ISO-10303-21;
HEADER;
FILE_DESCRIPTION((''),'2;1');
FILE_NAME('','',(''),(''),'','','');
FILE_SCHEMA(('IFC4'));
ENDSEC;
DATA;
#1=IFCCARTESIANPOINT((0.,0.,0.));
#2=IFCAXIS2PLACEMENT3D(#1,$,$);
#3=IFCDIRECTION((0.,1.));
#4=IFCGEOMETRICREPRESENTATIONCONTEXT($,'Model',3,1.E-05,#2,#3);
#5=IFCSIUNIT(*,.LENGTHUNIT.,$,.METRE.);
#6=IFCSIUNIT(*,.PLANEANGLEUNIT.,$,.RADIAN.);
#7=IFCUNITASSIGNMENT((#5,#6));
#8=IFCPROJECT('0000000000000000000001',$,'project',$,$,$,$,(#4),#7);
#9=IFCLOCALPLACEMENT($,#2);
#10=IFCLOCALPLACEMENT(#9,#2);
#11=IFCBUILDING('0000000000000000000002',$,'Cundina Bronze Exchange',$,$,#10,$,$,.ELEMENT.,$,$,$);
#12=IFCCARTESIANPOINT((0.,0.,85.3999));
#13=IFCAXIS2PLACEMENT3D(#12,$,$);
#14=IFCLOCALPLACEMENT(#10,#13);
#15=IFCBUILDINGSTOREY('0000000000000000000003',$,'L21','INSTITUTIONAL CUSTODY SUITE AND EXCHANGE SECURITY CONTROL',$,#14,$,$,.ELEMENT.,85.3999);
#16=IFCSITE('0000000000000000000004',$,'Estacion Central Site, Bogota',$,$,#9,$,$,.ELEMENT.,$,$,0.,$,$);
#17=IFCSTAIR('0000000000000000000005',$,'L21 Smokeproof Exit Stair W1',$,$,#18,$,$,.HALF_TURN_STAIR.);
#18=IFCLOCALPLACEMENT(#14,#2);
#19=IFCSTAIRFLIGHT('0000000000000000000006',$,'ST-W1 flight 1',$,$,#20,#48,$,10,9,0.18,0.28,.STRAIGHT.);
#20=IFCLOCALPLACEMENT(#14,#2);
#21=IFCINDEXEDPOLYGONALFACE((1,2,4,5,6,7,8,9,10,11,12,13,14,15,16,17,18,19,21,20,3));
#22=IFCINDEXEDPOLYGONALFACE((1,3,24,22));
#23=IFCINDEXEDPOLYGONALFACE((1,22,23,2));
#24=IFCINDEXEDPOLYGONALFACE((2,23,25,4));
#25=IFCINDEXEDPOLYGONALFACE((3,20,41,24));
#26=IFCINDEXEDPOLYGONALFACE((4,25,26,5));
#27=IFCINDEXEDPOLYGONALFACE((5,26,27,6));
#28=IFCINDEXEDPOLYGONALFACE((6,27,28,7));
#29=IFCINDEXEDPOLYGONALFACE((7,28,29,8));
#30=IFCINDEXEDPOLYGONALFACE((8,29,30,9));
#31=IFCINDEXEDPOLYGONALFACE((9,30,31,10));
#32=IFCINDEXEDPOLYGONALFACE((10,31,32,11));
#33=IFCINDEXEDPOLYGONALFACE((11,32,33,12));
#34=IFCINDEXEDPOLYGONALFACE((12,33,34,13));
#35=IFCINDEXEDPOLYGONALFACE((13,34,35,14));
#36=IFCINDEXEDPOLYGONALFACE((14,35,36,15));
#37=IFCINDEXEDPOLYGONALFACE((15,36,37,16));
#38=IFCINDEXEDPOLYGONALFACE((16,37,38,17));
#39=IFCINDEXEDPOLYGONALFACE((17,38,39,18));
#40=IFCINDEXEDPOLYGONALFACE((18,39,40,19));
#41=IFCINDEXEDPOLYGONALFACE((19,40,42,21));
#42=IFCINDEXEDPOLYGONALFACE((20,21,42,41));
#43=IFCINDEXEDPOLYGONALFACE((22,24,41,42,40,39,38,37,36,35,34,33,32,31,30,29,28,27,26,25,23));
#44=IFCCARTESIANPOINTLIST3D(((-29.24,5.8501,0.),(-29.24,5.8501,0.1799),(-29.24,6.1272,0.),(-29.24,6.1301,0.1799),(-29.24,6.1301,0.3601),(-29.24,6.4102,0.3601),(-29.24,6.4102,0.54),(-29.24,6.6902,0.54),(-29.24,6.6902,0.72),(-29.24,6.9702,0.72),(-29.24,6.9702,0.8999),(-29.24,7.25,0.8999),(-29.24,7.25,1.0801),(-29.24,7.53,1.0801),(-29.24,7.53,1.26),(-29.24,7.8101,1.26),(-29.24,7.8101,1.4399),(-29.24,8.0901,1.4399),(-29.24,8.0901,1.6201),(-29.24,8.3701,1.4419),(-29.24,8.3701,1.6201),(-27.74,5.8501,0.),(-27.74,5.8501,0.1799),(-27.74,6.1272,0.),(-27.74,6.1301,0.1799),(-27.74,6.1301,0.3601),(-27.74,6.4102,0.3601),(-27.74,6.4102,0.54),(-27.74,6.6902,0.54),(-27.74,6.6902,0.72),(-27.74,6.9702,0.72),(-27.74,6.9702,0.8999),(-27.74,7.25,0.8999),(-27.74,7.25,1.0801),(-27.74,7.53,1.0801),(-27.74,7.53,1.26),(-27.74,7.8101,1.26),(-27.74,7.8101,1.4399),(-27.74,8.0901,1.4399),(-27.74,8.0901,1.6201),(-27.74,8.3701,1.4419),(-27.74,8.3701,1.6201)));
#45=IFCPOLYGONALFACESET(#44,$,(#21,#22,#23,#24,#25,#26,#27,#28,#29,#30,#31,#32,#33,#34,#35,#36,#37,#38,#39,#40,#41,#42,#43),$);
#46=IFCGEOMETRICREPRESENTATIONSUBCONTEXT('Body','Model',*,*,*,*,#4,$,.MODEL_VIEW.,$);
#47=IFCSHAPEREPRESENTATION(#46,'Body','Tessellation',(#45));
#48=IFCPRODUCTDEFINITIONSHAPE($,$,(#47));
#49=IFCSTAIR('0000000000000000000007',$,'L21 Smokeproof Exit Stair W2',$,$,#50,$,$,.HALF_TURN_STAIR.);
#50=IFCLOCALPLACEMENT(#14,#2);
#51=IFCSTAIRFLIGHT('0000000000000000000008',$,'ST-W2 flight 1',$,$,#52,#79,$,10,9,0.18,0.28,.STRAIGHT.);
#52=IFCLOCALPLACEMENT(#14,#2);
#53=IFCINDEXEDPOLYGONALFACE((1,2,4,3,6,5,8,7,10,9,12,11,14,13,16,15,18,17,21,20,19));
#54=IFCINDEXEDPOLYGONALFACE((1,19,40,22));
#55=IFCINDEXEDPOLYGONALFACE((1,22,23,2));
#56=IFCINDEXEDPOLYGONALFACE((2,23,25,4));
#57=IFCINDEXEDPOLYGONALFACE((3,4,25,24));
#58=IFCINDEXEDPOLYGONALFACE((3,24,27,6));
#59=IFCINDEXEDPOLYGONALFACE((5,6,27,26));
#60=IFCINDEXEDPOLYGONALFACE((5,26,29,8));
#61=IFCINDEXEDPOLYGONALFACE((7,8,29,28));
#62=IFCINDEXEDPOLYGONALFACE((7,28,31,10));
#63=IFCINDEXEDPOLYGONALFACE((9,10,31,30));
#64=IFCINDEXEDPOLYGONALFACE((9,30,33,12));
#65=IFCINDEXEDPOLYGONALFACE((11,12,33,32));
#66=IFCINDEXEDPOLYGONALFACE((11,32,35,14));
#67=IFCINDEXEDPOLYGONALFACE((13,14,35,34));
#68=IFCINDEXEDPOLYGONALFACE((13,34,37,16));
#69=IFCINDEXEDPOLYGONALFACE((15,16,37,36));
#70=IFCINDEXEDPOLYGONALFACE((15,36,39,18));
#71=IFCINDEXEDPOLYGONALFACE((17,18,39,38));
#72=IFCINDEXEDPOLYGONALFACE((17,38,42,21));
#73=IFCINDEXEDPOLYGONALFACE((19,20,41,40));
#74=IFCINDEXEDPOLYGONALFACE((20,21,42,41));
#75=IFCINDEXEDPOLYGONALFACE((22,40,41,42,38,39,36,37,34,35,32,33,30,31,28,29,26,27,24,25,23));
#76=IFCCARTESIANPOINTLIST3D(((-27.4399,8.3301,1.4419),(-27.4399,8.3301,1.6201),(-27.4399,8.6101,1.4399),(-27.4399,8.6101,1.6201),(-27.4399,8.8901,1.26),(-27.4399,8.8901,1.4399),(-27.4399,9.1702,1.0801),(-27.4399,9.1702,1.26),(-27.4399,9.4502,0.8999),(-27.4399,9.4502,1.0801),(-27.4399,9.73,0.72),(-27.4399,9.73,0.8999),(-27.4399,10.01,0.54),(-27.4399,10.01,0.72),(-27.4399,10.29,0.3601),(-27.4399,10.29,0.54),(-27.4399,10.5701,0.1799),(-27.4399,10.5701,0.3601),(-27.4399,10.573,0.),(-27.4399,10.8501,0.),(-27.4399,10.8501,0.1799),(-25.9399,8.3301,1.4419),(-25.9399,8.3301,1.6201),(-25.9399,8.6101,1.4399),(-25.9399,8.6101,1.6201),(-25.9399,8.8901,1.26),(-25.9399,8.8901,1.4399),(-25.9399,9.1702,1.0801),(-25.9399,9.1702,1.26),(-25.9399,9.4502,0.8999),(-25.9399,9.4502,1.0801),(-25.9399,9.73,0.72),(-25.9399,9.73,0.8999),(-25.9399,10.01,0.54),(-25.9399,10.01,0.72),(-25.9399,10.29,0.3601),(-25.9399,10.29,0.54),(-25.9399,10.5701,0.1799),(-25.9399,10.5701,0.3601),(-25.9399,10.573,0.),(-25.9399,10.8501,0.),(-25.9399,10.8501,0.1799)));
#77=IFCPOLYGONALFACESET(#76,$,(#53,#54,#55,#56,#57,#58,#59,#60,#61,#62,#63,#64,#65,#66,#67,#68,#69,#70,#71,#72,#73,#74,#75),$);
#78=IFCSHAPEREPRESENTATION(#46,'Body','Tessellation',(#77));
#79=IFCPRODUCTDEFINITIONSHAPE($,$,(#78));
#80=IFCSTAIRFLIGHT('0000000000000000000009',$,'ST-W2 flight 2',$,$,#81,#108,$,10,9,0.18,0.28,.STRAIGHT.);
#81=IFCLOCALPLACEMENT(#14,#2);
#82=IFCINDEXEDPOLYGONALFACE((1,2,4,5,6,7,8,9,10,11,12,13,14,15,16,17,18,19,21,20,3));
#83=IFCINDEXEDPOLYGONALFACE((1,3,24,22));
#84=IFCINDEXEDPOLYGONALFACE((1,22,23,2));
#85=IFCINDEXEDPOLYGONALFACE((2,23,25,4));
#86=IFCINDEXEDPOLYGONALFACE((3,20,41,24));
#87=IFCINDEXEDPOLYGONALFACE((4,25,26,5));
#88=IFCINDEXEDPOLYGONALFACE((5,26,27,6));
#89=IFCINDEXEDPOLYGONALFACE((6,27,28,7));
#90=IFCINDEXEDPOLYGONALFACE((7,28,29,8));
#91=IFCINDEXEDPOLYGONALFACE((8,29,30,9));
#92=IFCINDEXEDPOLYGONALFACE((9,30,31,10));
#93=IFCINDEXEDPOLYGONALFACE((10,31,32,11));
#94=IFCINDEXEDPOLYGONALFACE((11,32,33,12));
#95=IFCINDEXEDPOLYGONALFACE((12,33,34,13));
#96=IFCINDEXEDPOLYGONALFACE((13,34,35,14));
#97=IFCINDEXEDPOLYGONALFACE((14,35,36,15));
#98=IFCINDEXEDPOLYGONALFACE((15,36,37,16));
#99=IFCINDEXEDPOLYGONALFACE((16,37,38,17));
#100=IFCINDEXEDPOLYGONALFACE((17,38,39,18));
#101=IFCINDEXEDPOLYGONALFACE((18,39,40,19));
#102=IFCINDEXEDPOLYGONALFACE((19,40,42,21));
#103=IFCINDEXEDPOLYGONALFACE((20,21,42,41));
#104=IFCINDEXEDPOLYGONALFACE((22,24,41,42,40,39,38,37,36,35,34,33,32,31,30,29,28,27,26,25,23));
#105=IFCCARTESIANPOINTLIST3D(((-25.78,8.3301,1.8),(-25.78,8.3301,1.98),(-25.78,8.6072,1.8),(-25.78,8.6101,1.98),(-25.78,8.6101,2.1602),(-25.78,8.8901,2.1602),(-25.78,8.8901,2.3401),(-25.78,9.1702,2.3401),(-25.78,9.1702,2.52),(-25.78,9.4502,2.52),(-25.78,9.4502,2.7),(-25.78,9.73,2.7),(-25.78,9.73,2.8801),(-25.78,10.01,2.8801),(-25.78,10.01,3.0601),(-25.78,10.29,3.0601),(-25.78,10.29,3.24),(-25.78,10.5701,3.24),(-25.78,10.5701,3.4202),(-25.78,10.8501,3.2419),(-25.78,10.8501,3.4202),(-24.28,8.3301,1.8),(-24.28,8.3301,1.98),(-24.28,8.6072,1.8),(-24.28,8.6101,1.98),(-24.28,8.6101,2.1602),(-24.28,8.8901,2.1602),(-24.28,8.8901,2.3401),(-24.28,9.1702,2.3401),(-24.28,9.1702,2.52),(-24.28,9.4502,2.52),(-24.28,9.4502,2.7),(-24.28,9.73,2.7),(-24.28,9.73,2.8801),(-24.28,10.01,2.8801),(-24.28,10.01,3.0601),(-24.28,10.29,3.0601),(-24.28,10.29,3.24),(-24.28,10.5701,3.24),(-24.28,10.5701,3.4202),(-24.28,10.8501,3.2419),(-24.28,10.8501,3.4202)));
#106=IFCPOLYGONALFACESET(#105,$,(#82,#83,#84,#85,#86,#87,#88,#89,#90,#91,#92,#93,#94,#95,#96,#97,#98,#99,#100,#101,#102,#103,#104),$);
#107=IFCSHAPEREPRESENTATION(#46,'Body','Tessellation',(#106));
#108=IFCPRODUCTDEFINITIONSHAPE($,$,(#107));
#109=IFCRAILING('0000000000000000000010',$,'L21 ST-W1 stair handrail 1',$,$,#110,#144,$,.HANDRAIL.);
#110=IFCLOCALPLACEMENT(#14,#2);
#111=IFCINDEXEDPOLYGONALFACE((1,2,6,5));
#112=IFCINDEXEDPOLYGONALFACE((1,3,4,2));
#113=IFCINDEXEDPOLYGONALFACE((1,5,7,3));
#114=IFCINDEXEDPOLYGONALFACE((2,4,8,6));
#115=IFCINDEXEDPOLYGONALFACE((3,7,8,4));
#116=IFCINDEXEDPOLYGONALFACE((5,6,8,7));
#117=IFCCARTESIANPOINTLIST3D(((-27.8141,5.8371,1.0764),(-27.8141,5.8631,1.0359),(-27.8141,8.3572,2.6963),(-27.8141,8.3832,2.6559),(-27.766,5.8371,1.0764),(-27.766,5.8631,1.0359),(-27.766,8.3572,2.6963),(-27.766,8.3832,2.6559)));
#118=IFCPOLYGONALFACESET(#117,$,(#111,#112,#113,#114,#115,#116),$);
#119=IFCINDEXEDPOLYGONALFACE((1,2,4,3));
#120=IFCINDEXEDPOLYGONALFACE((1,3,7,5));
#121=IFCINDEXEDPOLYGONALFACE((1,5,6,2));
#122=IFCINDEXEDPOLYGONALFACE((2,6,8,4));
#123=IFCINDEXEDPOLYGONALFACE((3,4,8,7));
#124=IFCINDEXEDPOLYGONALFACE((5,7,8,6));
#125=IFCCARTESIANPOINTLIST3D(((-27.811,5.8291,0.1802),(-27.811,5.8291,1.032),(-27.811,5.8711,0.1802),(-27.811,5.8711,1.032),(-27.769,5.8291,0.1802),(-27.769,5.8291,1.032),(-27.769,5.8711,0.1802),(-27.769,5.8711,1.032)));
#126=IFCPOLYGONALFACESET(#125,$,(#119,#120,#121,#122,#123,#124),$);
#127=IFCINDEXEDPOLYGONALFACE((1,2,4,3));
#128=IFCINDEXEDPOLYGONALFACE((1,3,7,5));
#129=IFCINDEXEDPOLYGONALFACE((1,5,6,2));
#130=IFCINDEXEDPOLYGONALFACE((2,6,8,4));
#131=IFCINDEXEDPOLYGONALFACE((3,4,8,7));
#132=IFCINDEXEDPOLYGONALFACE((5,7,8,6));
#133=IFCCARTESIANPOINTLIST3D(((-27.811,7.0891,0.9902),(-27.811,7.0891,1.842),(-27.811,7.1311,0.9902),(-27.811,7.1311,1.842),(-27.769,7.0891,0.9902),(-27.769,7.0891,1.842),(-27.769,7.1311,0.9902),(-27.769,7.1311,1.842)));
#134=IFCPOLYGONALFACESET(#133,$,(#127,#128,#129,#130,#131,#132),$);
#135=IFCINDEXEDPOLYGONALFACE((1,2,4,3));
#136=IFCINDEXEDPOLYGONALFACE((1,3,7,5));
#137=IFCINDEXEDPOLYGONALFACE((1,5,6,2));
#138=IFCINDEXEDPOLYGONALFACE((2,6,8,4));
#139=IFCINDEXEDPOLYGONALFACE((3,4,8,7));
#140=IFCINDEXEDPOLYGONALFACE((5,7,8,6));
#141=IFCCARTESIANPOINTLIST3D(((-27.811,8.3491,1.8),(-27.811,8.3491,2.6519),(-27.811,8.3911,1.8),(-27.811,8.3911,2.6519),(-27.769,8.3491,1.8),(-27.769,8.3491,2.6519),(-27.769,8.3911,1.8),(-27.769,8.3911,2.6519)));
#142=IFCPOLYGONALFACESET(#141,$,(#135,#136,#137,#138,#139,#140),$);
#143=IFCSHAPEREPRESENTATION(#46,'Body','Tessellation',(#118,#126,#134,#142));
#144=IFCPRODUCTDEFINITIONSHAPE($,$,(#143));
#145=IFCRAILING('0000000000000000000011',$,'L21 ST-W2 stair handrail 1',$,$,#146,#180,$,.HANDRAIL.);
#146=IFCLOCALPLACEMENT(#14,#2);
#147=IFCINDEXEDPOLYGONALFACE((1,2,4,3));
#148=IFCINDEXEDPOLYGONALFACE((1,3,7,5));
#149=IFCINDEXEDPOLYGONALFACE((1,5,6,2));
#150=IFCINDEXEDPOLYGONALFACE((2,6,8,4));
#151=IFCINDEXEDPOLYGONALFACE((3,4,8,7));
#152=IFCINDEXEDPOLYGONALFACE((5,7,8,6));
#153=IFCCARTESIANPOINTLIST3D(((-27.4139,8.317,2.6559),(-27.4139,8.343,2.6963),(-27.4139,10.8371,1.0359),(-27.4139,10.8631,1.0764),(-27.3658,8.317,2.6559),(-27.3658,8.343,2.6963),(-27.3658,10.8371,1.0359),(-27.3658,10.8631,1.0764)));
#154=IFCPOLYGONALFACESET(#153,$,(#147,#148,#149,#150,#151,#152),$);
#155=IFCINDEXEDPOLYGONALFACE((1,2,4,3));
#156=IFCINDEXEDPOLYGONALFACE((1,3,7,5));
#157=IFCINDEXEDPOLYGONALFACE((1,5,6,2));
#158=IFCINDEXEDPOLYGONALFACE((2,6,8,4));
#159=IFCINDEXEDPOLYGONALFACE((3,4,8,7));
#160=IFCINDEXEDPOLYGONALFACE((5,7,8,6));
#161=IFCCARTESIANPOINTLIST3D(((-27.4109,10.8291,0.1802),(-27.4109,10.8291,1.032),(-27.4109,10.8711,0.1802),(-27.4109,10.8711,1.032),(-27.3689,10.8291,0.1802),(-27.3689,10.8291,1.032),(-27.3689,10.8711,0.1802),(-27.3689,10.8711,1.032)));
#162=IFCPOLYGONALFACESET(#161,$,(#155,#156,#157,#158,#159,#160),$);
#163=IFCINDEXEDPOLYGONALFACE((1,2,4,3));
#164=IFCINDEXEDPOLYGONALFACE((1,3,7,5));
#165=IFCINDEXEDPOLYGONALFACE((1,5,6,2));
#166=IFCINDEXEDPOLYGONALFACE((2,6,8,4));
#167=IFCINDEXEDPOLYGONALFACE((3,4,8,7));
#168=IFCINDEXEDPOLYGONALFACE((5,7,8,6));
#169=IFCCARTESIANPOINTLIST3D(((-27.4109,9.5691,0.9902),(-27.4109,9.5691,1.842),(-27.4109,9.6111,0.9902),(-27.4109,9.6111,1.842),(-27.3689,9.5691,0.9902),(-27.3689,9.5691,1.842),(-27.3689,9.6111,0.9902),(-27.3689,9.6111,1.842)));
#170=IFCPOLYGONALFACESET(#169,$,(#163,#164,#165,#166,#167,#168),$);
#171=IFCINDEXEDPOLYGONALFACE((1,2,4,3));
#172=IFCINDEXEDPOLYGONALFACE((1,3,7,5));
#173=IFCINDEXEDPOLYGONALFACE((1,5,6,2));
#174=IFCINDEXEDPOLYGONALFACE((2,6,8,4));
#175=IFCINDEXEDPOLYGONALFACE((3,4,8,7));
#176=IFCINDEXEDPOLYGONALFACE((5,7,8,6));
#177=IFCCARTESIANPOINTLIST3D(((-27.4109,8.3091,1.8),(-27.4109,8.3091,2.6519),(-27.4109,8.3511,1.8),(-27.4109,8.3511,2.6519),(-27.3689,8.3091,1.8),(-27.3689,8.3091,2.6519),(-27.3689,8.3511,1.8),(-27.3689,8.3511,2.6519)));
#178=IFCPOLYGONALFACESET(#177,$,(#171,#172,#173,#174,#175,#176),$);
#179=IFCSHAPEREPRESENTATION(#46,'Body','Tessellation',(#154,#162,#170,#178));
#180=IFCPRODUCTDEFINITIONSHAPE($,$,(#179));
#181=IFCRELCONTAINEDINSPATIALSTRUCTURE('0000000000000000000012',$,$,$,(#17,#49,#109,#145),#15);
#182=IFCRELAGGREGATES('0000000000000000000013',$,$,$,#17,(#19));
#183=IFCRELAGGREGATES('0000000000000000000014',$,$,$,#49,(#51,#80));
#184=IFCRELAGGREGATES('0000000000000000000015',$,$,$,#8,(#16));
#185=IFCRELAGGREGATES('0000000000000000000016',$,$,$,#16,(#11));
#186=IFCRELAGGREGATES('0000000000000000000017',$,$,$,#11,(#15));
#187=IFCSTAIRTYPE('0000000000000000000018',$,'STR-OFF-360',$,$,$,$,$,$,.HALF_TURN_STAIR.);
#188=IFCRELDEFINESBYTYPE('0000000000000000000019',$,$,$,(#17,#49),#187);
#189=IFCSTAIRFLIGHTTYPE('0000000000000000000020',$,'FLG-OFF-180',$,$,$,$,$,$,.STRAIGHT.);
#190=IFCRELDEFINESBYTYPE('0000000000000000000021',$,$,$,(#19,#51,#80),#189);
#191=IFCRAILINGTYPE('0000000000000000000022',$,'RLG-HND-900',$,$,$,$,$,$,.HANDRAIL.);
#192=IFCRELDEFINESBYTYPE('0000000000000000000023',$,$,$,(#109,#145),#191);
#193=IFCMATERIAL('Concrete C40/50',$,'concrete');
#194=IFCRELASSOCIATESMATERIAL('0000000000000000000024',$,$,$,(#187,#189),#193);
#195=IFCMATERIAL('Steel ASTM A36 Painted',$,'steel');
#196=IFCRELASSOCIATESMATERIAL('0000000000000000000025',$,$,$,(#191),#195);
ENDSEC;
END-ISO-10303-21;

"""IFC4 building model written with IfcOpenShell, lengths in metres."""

from ifc_helpers import new_model, si_unit, direction, frame, origin, origin_2d, place, context, subcontext, project, spatial, polyline, rectangle, outline, extrude, material, type_object, element, aggregate, save


model = new_model("IFC4")

# Units and contexts
model_context = context("Model", 3, precision=1e-05, world=origin(), true_north=direction((0.0, 1.0)))
body_context = subcontext(model_context, "Body", "Model", "MODEL_VIEW")
ifc_project = project(units=[si_unit("LENGTHUNIT", "METRE"), si_unit("PLANEANGLEUNIT", "RADIAN")], contexts=[model_context])

# Site, building, storey
site_placement = place(None, origin())
site = spatial("IfcSite", under=ifc_project, at=site_placement, Name="Estacion Central Site, Bogota", CompositionType="ELEMENT", RefElevation=0.0)
building_placement = place(site_placement, origin())
building = spatial("IfcBuilding", under=site, at=building_placement, Name="Cundina Bronze Exchange", CompositionType="ELEMENT")
storey_placement = place(building_placement, frame((0.0, 0.0, 85.3999)))
storey = spatial("IfcBuildingStorey", under=building, at=storey_placement, Name="L21", Description="INSTITUTIONAL CUSTODY SUITE AND EXCHANGE SECURITY CONTROL", CompositionType="ELEMENT", Elevation=85.3999)

# Shared definitions
ifc_material_1 = material(Name="Steel ASTM A36 Painted", Category="steel")

# Stair, stair flight
ifc_material_2 = material(Name="Concrete C40/50", Category="concrete")
stair_type = type_object("IfcStairType", Name="STR-OFF-360", PredefinedType="HALF_TURN_STAIR", material=ifc_material_2)
stair_1_placement = place(storey_placement, origin())
stair_1 = element("IfcStair", 1, at=stair_1_placement, inside=storey, type_object=stair_type, Name="L21 Smokeproof Exit Stair W1", PredefinedType="HALF_TURN_STAIR")
stair_flight_type = type_object("IfcStairFlightType", Name="FLG-OFF-180", PredefinedType="STRAIGHT", material=ifc_material_2)
stair_flight_1_placement = place(storey_placement, frame((-28.49, 5.8501, 0.0), z_axis=(0.0, 0.0, 1.0), x_axis=(0.0, 1.0, 0.0)))
stair_flight_1 = element("IfcStairFlight", 2, at=stair_flight_1_placement, type_object=stair_flight_type, Name="ST-W1 flight 1", NumberOfRisers=10, NumberOfTreads=9, PredefinedType="STRAIGHT", RiserHeight=0.18, TreadLength=0.28, context=body_context, shape_type="SweptSolid", body=[
    extrude(outline(polyline([(0.0, 0.0), (0.0, 0.1799), (0.28, 0.1799), (0.28, 0.3601), (0.5601, 0.3601), (0.5601, 0.54), (0.8401, 0.54), (0.8401, 0.72), (1.1201, 0.72), (1.1201, 0.8999), (1.3999, 0.8999), (1.3999, 1.0801), (1.6799, 1.0801), (1.6799, 1.26), (1.96, 1.26), (1.96, 1.4399), (2.24, 1.4399), (2.24, 1.6201), (2.52, 1.6201), (2.52, 1.8), (2.52, 1.4419), (0.2771, 0.0), (0.0, 0.0)])), frame((0.0, 0.75, 0.0), z_axis=(0.0, -1.0, 0.0), x_axis=(1.0, 0.0, 0.0)), (0.0, 0.0, 1.0), 1.5),
])
aggregate(stair_1, [stair_flight_1])

# Stair, stair flights
stair_2_placement = place(storey_placement, origin())
stair_2 = element("IfcStair", 3, at=stair_2_placement, inside=storey, type_object=stair_type, Name="L21 Smokeproof Exit Stair W2", PredefinedType="HALF_TURN_STAIR")
stair_flight_2_placement = place(storey_placement, frame((-26.6899, 10.8501, 0.0), z_axis=(0.0, 0.0, 1.0), x_axis=(0.0, -1.0, 0.0)))
stair_flight_2 = element("IfcStairFlight", 4, at=stair_flight_2_placement, type_object=stair_flight_type, Name="ST-W2 flight 1", NumberOfRisers=10, NumberOfTreads=9, PredefinedType="STRAIGHT", RiserHeight=0.18, TreadLength=0.28, context=body_context, shape_type="SweptSolid", body=[
    extrude(outline(polyline([(0.0, 0.0), (0.0, 0.1799), (0.28, 0.1799), (0.28, 0.3601), (0.5601, 0.3601), (0.5601, 0.54), (0.8401, 0.54), (0.8401, 0.72), (1.1201, 0.72), (1.1201, 0.8999), (1.3999, 0.8999), (1.3999, 1.0801), (1.6799, 1.0801), (1.6799, 1.26), (1.96, 1.26), (1.96, 1.4399), (2.24, 1.4399), (2.24, 1.6201), (2.52, 1.6201), (2.52, 1.8), (2.52, 1.4419), (0.2771, 0.0), (0.0, 0.0)])), frame((0.0, 0.75, 0.0), z_axis=(0.0, -1.0, 0.0), x_axis=(1.0, 0.0, 0.0)), (0.0, 0.0, 1.0), 1.5),
])
stair_flight_3_placement = place(storey_placement, frame((-25.03, 8.3301, 1.8), z_axis=(0.0, 0.0, 1.0), x_axis=(0.0, 1.0, 0.0)))
stair_flight_3 = element("IfcStairFlight", 5, at=stair_flight_3_placement, type_object=stair_flight_type, Name="ST-W2 flight 2", NumberOfRisers=10, NumberOfTreads=9, PredefinedType="STRAIGHT", RiserHeight=0.18, TreadLength=0.28, context=body_context, shape_type="SweptSolid", body=[
    extrude(outline(polyline([(0.0, 0.0), (0.0, 0.1799), (0.28, 0.1799), (0.28, 0.3601), (0.5601, 0.3601), (0.5601, 0.54), (0.8401, 0.54), (0.8401, 0.72), (1.1201, 0.72), (1.1201, 0.8999), (1.3999, 0.8999), (1.3999, 1.0801), (1.6799, 1.0801), (1.6799, 1.26), (1.96, 1.26), (1.96, 1.4399), (2.24, 1.4399), (2.24, 1.6201), (2.52, 1.6201), (2.52, 1.8), (2.52, 1.4419), (0.2771, 0.0), (0.0, 0.0)])), frame((0.0, 0.75, 0.0), z_axis=(0.0, -1.0, 0.0), x_axis=(1.0, 0.0, 0.0)), (0.0, 0.0, 1.0), 1.5),
])
aggregate(stair_2, [stair_flight_2, stair_flight_3])

# Railings
railing_type_1 = type_object("IfcRailingType", Name="RLG-HND-900", PredefinedType="HANDRAIL", material=ifc_material_1)
railing_1_placement = place(storey_placement, frame((-27.79, 5.8501, 0.1802)))
element("IfcRailing", 6, at=railing_1_placement, inside=storey, type_object=railing_type_1, Name="L21 ST-W1 stair handrail 1", PredefinedType="HANDRAIL", context=body_context, shape_type="SweptSolid", body=[
    extrude(rectangle(XDim=0.0481, YDim=0.0481, at=origin_2d()), frame((0.0, 0.0, 0.876), z_axis=(0.0, 0.8412, 0.540725), x_axis=(-1.0, 0.0, 0.0)), (0.0, 0.0, 1.0), 2.9958),
    extrude(rectangle(XDim=0.042, YDim=0.042, at=origin_2d()), origin(), (0.0, 0.0, 1.0), 0.8518),
    extrude(rectangle(XDim=0.042, YDim=0.042, at=origin_2d()), frame((0.0, 1.26, 0.8101)), (0.0, 0.0, 1.0), 0.8518),
    extrude(rectangle(XDim=0.042, YDim=0.042, at=origin_2d()), frame((0.0, 2.52, 1.6199)), (0.0, 0.0, 1.0), 0.8518),
])
railing_2_placement = place(storey_placement, frame((-27.3899, 10.8501, 0.1802)))
element("IfcRailing", 7, at=railing_2_placement, inside=storey, type_object=railing_type_1, Name="L21 ST-W2 stair handrail 1", PredefinedType="HANDRAIL", context=body_context, shape_type="SweptSolid", body=[
    extrude(rectangle(XDim=0.0481, YDim=0.0481, at=origin_2d()), frame((0.0, 0.0, 0.876), z_axis=(0.0, -0.8412, 0.540725), x_axis=(1.0, 0.0, 0.0)), (0.0, 0.0, 1.0), 2.9958),
    extrude(rectangle(XDim=0.042, YDim=0.042, at=origin_2d()), origin(), (0.0, 0.0, 1.0), 0.8518),
    extrude(rectangle(XDim=0.042, YDim=0.042, at=origin_2d()), frame((0.0, -1.26, 0.8101)), (0.0, 0.0, 1.0), 0.8518),
    extrude(rectangle(XDim=0.042, YDim=0.042, at=origin_2d()), frame((0.0, -2.52, 1.6199)), (0.0, 0.0, 1.0), 0.8518),
])

save(model, "model.ifc")
